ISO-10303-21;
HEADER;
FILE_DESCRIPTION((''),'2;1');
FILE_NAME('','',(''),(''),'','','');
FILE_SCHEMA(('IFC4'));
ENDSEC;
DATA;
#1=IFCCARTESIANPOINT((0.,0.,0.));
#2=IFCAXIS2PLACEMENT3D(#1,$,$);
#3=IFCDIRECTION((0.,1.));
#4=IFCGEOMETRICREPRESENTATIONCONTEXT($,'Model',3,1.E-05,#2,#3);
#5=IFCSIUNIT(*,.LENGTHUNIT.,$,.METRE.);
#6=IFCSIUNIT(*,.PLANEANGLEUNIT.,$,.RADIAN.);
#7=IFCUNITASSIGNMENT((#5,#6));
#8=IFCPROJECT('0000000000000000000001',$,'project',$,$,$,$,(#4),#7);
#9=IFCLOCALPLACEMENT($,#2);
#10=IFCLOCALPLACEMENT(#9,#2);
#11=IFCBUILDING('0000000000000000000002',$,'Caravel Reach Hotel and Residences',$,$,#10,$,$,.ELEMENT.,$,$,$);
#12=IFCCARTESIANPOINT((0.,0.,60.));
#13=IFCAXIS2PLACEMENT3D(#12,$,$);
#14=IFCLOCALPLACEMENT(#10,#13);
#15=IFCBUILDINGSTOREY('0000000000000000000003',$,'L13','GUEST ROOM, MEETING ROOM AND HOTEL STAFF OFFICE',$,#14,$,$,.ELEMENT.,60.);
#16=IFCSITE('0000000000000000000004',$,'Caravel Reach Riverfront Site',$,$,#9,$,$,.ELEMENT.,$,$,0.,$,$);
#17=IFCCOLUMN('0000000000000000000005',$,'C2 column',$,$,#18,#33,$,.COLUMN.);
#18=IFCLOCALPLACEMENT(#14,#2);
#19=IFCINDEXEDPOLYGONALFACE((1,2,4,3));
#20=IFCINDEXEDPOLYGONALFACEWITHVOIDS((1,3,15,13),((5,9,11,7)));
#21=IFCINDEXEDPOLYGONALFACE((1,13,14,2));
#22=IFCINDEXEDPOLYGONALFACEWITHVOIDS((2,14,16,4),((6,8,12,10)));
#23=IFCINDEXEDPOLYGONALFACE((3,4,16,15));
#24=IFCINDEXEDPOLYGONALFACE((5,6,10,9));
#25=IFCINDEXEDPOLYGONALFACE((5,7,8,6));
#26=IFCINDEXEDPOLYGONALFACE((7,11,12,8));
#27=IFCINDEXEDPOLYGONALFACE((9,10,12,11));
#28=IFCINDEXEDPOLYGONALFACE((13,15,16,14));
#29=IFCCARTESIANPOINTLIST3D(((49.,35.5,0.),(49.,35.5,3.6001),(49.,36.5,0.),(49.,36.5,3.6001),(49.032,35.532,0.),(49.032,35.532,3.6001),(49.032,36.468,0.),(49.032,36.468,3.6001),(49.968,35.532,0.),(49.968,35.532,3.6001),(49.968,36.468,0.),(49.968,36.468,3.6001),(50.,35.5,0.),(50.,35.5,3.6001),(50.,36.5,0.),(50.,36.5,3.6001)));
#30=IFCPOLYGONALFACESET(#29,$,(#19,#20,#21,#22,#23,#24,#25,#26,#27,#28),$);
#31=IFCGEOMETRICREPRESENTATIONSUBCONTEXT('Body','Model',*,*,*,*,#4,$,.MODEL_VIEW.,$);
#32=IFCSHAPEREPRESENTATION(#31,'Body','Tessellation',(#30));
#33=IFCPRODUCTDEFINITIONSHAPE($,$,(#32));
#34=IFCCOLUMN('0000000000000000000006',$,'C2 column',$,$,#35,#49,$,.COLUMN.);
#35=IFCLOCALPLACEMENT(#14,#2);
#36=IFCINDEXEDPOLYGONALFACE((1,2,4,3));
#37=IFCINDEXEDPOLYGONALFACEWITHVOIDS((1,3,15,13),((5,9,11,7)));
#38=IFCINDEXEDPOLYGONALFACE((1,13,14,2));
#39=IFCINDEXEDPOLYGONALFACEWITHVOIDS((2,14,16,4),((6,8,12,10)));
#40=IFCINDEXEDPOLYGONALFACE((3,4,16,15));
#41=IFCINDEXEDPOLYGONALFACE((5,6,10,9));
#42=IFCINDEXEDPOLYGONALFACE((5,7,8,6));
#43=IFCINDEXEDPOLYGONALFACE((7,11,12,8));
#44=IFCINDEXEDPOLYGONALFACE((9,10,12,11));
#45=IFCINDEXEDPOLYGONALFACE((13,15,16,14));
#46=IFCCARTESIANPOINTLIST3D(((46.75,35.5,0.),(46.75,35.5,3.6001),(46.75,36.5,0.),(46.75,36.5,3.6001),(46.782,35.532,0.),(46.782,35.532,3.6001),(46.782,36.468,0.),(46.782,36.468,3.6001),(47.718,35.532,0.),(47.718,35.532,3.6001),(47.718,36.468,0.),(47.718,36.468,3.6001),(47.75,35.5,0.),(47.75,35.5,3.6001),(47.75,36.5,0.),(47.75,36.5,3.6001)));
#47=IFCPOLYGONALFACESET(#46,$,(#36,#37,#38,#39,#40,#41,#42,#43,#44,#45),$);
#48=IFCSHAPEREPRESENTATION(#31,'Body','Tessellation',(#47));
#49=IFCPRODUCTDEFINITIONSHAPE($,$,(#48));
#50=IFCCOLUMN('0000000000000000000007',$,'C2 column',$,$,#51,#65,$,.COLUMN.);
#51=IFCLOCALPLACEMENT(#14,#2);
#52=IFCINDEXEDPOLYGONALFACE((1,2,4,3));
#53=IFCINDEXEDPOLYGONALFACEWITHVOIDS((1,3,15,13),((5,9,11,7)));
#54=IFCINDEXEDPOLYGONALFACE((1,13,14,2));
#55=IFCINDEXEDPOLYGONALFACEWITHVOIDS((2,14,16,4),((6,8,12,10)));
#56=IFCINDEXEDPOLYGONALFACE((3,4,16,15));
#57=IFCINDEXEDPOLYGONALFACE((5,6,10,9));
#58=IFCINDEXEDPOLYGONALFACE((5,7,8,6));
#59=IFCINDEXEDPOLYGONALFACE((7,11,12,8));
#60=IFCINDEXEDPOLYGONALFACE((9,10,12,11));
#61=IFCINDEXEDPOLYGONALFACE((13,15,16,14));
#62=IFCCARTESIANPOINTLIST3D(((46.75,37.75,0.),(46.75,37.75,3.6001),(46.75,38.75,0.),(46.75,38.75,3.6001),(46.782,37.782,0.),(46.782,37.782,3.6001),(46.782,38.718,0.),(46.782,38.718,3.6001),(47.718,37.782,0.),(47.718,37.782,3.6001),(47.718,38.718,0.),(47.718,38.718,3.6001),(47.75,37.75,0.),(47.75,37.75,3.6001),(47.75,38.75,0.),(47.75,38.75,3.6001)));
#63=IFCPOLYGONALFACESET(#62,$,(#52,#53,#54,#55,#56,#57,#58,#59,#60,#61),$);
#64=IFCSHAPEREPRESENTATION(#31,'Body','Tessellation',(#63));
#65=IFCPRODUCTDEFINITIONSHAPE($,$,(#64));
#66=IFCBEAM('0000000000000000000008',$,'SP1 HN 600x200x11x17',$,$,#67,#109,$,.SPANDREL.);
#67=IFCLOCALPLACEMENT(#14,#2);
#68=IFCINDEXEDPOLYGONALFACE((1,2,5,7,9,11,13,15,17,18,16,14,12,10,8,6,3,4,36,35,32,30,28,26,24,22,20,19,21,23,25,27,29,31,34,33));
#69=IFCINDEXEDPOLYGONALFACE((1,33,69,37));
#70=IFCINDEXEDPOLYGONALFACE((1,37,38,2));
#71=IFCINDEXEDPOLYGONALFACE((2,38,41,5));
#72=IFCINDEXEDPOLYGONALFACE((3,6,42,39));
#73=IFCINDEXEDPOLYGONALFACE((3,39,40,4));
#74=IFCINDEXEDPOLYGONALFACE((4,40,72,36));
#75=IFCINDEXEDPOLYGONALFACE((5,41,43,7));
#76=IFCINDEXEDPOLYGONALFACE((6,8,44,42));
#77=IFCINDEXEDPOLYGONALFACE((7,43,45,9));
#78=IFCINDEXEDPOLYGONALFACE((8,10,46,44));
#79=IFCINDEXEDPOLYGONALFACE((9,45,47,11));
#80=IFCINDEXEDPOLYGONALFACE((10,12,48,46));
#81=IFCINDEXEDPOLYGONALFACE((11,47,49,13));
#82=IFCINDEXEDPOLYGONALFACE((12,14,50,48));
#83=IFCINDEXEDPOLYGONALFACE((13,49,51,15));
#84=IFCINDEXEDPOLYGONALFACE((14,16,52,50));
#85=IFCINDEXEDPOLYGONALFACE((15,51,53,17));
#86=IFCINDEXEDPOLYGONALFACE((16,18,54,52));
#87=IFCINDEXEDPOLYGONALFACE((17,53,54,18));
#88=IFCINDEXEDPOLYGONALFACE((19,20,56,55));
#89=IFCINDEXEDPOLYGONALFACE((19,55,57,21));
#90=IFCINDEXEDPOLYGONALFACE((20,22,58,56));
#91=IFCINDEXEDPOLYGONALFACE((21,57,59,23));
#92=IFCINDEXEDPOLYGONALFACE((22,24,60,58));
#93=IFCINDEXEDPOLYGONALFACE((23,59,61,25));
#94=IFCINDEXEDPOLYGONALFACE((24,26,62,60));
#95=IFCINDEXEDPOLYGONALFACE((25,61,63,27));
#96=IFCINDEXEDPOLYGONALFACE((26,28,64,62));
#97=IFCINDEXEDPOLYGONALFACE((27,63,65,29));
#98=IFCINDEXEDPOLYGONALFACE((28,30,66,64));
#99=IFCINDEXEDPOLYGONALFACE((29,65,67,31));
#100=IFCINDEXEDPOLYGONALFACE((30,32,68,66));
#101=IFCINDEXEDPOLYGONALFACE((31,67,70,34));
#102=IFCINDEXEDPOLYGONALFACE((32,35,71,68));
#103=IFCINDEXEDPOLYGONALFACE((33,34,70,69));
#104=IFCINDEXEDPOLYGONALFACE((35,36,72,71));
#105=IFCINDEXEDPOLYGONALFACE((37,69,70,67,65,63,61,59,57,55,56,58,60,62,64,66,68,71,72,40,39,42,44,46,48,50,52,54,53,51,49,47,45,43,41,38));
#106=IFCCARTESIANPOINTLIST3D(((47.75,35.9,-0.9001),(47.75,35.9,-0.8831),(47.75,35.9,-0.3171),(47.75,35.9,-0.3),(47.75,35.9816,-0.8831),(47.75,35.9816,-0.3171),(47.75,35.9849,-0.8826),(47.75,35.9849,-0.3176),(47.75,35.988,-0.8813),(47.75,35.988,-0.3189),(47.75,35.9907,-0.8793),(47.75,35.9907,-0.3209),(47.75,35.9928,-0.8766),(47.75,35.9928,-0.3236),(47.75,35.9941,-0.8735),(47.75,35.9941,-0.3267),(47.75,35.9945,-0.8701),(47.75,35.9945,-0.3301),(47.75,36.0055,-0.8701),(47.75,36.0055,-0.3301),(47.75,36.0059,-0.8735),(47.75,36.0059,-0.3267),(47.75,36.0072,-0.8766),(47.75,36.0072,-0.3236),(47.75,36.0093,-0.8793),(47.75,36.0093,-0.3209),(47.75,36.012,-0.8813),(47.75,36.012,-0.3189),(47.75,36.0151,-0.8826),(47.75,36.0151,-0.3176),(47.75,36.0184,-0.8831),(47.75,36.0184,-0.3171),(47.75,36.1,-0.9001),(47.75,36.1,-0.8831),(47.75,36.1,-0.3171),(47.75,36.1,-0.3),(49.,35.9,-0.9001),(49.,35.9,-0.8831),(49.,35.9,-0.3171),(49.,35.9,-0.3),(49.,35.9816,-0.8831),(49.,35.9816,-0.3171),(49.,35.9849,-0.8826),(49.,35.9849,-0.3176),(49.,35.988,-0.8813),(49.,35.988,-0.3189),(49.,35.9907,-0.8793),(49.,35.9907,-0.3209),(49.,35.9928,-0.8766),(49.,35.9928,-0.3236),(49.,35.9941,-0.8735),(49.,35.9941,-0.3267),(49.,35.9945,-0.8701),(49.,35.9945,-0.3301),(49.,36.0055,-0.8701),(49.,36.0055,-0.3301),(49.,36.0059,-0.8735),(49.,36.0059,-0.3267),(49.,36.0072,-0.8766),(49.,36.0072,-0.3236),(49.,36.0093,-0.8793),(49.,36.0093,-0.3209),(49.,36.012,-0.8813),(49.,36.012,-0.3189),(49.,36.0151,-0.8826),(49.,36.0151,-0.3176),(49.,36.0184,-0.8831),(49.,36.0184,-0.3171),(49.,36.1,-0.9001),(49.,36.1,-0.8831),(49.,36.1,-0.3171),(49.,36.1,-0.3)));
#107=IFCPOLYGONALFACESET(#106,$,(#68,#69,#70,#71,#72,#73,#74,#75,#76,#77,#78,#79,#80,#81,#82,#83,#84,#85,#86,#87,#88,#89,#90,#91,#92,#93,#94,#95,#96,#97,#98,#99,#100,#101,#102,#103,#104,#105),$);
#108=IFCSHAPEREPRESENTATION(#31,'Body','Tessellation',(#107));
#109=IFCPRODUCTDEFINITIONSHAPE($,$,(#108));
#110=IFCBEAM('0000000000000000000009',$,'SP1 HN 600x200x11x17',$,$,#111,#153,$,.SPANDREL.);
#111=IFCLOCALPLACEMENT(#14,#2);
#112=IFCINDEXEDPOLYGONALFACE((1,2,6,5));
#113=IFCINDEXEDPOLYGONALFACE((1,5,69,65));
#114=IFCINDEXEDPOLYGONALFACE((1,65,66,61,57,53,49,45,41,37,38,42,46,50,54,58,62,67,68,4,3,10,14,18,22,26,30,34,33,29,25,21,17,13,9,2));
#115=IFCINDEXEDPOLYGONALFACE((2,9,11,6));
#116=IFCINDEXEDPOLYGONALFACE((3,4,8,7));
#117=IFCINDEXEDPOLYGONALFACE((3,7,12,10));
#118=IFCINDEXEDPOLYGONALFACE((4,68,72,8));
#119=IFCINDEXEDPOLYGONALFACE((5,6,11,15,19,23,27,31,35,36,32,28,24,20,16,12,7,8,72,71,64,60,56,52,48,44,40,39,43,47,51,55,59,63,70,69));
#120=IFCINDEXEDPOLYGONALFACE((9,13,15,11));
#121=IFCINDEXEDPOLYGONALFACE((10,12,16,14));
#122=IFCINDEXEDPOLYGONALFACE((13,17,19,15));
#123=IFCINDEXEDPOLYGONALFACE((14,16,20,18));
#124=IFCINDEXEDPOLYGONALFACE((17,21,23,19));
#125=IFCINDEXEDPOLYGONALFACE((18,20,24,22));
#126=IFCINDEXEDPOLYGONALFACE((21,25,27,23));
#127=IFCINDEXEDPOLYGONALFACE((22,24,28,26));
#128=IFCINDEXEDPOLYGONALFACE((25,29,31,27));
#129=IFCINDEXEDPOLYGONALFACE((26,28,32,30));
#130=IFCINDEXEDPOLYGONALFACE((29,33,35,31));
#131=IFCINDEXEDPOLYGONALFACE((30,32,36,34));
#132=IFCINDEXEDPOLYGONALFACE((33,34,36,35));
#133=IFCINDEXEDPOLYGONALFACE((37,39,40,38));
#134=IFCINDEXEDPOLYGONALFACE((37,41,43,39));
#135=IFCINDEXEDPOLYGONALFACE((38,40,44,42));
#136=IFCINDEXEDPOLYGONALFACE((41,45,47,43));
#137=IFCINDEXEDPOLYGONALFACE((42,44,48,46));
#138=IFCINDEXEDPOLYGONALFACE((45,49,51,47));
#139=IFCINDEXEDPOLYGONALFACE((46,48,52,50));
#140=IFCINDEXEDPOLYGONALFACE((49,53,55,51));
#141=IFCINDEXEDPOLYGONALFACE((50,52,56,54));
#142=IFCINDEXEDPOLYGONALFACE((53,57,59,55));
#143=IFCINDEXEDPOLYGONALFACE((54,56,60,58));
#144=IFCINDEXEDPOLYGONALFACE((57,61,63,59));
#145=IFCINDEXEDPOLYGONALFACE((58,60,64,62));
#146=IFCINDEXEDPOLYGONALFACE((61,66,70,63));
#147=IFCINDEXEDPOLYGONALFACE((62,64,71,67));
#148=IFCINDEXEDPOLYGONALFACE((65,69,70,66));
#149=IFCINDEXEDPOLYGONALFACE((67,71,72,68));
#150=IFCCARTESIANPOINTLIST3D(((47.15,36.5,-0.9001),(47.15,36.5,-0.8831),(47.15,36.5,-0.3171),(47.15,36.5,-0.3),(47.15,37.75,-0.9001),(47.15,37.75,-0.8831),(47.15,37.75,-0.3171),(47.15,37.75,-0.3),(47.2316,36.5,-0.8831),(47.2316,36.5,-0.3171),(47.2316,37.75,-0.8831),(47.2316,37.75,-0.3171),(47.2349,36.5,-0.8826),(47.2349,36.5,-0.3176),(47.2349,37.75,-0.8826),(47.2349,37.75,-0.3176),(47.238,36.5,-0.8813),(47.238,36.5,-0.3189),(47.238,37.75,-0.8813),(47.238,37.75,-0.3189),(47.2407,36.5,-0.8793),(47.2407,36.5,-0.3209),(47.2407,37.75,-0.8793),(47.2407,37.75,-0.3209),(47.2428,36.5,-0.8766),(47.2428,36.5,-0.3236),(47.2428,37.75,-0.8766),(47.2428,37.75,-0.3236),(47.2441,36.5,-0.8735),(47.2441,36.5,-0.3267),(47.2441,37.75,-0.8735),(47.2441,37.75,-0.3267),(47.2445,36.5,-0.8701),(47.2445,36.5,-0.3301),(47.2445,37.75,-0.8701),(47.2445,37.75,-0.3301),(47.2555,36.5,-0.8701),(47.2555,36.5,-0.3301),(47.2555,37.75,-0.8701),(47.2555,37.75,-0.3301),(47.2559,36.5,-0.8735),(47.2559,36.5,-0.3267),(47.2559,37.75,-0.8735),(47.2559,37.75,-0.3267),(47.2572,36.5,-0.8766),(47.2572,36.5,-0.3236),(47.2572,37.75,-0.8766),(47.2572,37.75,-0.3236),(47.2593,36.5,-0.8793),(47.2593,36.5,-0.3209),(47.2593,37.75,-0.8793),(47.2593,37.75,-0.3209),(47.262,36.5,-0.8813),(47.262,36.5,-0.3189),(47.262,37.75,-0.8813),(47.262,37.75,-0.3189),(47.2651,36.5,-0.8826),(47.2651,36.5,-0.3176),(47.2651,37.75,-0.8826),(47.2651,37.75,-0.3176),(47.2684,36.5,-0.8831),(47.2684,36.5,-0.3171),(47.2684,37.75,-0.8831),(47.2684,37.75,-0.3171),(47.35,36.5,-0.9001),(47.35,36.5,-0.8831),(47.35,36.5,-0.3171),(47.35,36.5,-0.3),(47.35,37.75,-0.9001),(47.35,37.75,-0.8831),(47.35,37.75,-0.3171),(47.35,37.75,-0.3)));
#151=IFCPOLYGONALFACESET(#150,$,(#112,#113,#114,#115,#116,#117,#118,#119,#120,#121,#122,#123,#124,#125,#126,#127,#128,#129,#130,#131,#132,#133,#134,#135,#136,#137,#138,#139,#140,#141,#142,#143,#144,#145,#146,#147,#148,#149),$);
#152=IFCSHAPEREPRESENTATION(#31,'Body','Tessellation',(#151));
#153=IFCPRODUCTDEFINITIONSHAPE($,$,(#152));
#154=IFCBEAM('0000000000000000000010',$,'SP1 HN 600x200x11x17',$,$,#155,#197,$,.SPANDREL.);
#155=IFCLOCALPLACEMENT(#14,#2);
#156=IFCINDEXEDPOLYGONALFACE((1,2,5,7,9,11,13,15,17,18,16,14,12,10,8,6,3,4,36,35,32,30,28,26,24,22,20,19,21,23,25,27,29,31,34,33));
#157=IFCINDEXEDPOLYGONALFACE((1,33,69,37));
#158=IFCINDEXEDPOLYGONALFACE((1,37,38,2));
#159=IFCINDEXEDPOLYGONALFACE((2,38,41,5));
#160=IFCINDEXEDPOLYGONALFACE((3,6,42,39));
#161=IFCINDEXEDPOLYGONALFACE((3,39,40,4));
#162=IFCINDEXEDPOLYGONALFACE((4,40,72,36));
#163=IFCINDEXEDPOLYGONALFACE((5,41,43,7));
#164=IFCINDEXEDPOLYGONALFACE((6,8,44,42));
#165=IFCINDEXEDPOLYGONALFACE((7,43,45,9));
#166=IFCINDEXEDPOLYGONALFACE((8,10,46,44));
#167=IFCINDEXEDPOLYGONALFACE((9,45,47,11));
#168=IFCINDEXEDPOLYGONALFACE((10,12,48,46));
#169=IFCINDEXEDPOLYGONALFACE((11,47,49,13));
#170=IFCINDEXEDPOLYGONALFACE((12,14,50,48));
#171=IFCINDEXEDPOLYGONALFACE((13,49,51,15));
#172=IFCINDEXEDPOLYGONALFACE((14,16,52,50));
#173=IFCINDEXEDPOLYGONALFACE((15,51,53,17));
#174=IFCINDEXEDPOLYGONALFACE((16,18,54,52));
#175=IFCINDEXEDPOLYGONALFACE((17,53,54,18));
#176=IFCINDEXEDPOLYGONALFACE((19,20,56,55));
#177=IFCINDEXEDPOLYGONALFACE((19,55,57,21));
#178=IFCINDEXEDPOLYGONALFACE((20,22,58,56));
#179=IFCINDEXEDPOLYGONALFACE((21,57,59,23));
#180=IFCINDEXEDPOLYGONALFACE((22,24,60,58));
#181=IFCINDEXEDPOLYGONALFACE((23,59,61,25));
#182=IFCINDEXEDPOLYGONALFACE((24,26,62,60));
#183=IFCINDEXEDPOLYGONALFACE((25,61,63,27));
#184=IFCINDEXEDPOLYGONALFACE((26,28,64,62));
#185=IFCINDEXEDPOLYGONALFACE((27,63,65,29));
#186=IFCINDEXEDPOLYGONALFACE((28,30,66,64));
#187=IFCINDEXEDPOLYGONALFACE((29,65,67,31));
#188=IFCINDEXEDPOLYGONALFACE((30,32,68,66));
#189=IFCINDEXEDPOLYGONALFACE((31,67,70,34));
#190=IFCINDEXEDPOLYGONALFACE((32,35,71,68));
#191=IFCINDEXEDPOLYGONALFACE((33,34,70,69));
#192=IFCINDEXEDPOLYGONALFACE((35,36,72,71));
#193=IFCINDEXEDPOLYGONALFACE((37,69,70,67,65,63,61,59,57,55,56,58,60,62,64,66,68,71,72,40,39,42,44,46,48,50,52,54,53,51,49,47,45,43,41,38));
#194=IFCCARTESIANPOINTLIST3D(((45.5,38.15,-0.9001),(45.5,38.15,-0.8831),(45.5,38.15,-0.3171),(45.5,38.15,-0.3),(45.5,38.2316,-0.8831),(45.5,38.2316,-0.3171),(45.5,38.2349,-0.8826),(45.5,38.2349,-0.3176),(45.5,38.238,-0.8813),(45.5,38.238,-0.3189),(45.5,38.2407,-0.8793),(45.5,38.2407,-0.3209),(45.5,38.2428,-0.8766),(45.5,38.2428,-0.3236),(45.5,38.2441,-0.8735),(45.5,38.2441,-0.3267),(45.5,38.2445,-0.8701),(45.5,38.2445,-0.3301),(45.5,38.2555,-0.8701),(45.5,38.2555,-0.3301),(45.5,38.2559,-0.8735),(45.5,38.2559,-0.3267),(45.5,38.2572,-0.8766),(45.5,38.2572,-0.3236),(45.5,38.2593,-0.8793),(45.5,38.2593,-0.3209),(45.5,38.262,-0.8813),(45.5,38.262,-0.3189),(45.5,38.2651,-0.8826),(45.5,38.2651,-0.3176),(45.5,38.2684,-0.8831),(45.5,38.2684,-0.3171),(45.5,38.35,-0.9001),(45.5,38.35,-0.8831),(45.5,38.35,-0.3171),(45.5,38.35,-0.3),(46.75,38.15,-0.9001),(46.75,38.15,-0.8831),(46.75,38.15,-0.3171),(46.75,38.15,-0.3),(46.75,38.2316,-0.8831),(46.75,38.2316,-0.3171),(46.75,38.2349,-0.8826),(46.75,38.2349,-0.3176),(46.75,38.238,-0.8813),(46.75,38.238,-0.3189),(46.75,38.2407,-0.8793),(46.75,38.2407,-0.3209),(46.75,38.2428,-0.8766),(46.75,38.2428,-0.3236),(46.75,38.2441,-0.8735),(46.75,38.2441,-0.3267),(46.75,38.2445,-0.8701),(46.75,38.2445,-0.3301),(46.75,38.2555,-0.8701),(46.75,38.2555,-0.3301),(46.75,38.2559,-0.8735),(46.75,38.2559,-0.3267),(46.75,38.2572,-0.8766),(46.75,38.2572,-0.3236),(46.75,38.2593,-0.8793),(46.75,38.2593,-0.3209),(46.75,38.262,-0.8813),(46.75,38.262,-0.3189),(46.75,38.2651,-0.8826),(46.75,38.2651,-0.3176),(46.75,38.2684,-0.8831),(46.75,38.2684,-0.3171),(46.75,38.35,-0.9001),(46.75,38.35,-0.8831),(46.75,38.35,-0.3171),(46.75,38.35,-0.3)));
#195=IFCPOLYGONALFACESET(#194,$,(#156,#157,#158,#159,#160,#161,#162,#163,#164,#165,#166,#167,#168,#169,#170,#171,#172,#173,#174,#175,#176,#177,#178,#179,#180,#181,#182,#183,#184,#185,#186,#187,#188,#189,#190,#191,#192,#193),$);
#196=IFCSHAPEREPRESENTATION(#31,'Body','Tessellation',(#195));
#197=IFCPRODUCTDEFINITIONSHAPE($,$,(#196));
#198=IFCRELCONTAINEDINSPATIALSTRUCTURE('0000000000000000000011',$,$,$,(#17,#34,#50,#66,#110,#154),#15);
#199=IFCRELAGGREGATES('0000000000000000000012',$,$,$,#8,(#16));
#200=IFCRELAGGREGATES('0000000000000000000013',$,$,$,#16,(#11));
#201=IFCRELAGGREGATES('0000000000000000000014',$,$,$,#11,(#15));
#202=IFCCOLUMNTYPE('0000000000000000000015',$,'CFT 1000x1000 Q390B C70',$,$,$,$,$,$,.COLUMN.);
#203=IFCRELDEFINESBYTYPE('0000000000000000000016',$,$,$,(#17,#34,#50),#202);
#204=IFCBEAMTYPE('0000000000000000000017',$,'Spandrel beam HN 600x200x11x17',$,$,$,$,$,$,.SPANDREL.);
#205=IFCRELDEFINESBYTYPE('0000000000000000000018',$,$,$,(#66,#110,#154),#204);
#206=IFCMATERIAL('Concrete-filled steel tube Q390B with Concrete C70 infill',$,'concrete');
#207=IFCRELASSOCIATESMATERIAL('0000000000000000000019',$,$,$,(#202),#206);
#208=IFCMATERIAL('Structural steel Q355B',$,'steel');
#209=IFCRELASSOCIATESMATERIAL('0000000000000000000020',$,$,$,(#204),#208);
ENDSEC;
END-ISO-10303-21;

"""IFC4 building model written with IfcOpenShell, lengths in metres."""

from ifc_helpers import new_model, si_unit, direction, frame, origin, origin_2d, place, context, subcontext, project, spatial, hollow_rectangle, i_section, extrude, material, material_profile, profile_set, type_object, element, save


model = new_model("IFC4")

# Units and contexts
model_context = context("Model", 3, precision=1e-05, world=origin(), true_north=direction((0.0, 1.0)))
body_context = subcontext(model_context, "Body", "Model", "MODEL_VIEW")
ifc_project = project(units=[si_unit("LENGTHUNIT", "METRE"), si_unit("PLANEANGLEUNIT", "RADIAN")], contexts=[model_context])

# Site, building, storey
site_placement = place(None, origin())
site = spatial("IfcSite", under=ifc_project, at=site_placement, Name="Caravel Reach Riverfront Site", CompositionType="ELEMENT", RefElevation=0.0)
building_placement = place(site_placement, origin())
building = spatial("IfcBuilding", under=site, at=building_placement, Name="Caravel Reach Hotel and Residences", CompositionType="ELEMENT")
storey_placement = place(building_placement, frame((0.0, 0.0, 60.0)))
storey = spatial("IfcBuildingStorey", under=building, at=storey_placement, Name="L13", Description="GUEST ROOM, MEETING ROOM AND HOTEL STAFF OFFICE", CompositionType="ELEMENT", Elevation=60.0)

# Columns
ifc_material_1 = material(Name="Concrete-filled steel tube Q390B with Concrete C70 infill", Category="concrete")
ifc_material_profile_1 = material_profile(ifc_material_1, hollow_rectangle(XDim=1.0, YDim=1.0, WallThickness=0.032, at=origin_2d()), Name="RHS 1000x1000x32")
ifc_profile_set_1 = profile_set([ifc_material_profile_1], Name="Concrete-filled steel tube Q390B with Concrete C70 infill")
column_type = type_object("IfcColumnType", Name="CFT 1000x1000 Q390B C70", PredefinedType="COLUMN", material=ifc_profile_set_1)
for number, where, z_axis, x_axis, name in (
    (1, (49.5, 36.0, 0.0), (0.0, 0.0, 1.0), (1.0, 0.0, 0.0), "C2 column"),
    (2, (47.25, 36.0, 0.0), (0.0, 0.0, 1.0), (1.0, 0.0, 0.0), "C2 column"),
    (3, (47.25, 38.25, 0.0), (0.0, 0.0, 1.0), (1.0, 0.0, 0.0), "C2 column"),
):
    element("IfcColumn", number, at=place(storey_placement, frame(where, z_axis=z_axis, x_axis=x_axis)), inside=storey, type_object=column_type, Name=name, PredefinedType="COLUMN", context=body_context, shape_type="SweptSolid", body=[
        extrude(hollow_rectangle(XDim=1.0, YDim=1.0, WallThickness=0.032, at=origin_2d()), origin(), (0.0, 0.0, 1.0), 3.6001),
    ])

# Beams
ifc_material_2 = material(Name="Structural steel Q355B", Category="steel")
ifc_material_profile_2 = material_profile(ifc_material_2, i_section(OverallWidth=0.2, OverallDepth=0.6001, WebThickness=0.011, FlangeThickness=0.0171, FilletRadius=0.0129, at=origin_2d()), Name="HN 600x200x11x17")
ifc_profile_set_2 = profile_set([ifc_material_profile_2], Name="Structural steel Q355B")
beam_type = type_object("IfcBeamType", Name="Spandrel beam HN 600x200x11x17", PredefinedType="SPANDREL", material=ifc_profile_set_2)
for number, where, z_axis, x_axis, name in (
    (4, (49.0, 36.0, -0.6001), (-1.0, 0.0, 0.0), (0.0, -1.0, 0.0), "SP1 HN 600x200x11x17"),
    (5, (47.25, 36.5, -0.6001), (0.0, 1.0, 0.0), (-1.0, 0.0, 0.0), "SP1 HN 600x200x11x17"),
    (6, (46.75, 38.25, -0.6001), (-1.0, 0.0, 0.0), (0.0, -1.0, 0.0), "SP1 HN 600x200x11x17"),
):
    element("IfcBeam", number, at=place(storey_placement, frame(where, z_axis=z_axis, x_axis=x_axis)), inside=storey, type_object=beam_type, Name=name, PredefinedType="SPANDREL", context=body_context, shape_type="SweptSolid", body=[
        extrude(i_section(OverallWidth=0.2, OverallDepth=0.6001, WebThickness=0.011, FlangeThickness=0.0171, FilletRadius=0.0129, at=origin_2d()), origin(), (0.0, 0.0, 1.0), 1.25),
    ])

save(model, "model.ifc")
